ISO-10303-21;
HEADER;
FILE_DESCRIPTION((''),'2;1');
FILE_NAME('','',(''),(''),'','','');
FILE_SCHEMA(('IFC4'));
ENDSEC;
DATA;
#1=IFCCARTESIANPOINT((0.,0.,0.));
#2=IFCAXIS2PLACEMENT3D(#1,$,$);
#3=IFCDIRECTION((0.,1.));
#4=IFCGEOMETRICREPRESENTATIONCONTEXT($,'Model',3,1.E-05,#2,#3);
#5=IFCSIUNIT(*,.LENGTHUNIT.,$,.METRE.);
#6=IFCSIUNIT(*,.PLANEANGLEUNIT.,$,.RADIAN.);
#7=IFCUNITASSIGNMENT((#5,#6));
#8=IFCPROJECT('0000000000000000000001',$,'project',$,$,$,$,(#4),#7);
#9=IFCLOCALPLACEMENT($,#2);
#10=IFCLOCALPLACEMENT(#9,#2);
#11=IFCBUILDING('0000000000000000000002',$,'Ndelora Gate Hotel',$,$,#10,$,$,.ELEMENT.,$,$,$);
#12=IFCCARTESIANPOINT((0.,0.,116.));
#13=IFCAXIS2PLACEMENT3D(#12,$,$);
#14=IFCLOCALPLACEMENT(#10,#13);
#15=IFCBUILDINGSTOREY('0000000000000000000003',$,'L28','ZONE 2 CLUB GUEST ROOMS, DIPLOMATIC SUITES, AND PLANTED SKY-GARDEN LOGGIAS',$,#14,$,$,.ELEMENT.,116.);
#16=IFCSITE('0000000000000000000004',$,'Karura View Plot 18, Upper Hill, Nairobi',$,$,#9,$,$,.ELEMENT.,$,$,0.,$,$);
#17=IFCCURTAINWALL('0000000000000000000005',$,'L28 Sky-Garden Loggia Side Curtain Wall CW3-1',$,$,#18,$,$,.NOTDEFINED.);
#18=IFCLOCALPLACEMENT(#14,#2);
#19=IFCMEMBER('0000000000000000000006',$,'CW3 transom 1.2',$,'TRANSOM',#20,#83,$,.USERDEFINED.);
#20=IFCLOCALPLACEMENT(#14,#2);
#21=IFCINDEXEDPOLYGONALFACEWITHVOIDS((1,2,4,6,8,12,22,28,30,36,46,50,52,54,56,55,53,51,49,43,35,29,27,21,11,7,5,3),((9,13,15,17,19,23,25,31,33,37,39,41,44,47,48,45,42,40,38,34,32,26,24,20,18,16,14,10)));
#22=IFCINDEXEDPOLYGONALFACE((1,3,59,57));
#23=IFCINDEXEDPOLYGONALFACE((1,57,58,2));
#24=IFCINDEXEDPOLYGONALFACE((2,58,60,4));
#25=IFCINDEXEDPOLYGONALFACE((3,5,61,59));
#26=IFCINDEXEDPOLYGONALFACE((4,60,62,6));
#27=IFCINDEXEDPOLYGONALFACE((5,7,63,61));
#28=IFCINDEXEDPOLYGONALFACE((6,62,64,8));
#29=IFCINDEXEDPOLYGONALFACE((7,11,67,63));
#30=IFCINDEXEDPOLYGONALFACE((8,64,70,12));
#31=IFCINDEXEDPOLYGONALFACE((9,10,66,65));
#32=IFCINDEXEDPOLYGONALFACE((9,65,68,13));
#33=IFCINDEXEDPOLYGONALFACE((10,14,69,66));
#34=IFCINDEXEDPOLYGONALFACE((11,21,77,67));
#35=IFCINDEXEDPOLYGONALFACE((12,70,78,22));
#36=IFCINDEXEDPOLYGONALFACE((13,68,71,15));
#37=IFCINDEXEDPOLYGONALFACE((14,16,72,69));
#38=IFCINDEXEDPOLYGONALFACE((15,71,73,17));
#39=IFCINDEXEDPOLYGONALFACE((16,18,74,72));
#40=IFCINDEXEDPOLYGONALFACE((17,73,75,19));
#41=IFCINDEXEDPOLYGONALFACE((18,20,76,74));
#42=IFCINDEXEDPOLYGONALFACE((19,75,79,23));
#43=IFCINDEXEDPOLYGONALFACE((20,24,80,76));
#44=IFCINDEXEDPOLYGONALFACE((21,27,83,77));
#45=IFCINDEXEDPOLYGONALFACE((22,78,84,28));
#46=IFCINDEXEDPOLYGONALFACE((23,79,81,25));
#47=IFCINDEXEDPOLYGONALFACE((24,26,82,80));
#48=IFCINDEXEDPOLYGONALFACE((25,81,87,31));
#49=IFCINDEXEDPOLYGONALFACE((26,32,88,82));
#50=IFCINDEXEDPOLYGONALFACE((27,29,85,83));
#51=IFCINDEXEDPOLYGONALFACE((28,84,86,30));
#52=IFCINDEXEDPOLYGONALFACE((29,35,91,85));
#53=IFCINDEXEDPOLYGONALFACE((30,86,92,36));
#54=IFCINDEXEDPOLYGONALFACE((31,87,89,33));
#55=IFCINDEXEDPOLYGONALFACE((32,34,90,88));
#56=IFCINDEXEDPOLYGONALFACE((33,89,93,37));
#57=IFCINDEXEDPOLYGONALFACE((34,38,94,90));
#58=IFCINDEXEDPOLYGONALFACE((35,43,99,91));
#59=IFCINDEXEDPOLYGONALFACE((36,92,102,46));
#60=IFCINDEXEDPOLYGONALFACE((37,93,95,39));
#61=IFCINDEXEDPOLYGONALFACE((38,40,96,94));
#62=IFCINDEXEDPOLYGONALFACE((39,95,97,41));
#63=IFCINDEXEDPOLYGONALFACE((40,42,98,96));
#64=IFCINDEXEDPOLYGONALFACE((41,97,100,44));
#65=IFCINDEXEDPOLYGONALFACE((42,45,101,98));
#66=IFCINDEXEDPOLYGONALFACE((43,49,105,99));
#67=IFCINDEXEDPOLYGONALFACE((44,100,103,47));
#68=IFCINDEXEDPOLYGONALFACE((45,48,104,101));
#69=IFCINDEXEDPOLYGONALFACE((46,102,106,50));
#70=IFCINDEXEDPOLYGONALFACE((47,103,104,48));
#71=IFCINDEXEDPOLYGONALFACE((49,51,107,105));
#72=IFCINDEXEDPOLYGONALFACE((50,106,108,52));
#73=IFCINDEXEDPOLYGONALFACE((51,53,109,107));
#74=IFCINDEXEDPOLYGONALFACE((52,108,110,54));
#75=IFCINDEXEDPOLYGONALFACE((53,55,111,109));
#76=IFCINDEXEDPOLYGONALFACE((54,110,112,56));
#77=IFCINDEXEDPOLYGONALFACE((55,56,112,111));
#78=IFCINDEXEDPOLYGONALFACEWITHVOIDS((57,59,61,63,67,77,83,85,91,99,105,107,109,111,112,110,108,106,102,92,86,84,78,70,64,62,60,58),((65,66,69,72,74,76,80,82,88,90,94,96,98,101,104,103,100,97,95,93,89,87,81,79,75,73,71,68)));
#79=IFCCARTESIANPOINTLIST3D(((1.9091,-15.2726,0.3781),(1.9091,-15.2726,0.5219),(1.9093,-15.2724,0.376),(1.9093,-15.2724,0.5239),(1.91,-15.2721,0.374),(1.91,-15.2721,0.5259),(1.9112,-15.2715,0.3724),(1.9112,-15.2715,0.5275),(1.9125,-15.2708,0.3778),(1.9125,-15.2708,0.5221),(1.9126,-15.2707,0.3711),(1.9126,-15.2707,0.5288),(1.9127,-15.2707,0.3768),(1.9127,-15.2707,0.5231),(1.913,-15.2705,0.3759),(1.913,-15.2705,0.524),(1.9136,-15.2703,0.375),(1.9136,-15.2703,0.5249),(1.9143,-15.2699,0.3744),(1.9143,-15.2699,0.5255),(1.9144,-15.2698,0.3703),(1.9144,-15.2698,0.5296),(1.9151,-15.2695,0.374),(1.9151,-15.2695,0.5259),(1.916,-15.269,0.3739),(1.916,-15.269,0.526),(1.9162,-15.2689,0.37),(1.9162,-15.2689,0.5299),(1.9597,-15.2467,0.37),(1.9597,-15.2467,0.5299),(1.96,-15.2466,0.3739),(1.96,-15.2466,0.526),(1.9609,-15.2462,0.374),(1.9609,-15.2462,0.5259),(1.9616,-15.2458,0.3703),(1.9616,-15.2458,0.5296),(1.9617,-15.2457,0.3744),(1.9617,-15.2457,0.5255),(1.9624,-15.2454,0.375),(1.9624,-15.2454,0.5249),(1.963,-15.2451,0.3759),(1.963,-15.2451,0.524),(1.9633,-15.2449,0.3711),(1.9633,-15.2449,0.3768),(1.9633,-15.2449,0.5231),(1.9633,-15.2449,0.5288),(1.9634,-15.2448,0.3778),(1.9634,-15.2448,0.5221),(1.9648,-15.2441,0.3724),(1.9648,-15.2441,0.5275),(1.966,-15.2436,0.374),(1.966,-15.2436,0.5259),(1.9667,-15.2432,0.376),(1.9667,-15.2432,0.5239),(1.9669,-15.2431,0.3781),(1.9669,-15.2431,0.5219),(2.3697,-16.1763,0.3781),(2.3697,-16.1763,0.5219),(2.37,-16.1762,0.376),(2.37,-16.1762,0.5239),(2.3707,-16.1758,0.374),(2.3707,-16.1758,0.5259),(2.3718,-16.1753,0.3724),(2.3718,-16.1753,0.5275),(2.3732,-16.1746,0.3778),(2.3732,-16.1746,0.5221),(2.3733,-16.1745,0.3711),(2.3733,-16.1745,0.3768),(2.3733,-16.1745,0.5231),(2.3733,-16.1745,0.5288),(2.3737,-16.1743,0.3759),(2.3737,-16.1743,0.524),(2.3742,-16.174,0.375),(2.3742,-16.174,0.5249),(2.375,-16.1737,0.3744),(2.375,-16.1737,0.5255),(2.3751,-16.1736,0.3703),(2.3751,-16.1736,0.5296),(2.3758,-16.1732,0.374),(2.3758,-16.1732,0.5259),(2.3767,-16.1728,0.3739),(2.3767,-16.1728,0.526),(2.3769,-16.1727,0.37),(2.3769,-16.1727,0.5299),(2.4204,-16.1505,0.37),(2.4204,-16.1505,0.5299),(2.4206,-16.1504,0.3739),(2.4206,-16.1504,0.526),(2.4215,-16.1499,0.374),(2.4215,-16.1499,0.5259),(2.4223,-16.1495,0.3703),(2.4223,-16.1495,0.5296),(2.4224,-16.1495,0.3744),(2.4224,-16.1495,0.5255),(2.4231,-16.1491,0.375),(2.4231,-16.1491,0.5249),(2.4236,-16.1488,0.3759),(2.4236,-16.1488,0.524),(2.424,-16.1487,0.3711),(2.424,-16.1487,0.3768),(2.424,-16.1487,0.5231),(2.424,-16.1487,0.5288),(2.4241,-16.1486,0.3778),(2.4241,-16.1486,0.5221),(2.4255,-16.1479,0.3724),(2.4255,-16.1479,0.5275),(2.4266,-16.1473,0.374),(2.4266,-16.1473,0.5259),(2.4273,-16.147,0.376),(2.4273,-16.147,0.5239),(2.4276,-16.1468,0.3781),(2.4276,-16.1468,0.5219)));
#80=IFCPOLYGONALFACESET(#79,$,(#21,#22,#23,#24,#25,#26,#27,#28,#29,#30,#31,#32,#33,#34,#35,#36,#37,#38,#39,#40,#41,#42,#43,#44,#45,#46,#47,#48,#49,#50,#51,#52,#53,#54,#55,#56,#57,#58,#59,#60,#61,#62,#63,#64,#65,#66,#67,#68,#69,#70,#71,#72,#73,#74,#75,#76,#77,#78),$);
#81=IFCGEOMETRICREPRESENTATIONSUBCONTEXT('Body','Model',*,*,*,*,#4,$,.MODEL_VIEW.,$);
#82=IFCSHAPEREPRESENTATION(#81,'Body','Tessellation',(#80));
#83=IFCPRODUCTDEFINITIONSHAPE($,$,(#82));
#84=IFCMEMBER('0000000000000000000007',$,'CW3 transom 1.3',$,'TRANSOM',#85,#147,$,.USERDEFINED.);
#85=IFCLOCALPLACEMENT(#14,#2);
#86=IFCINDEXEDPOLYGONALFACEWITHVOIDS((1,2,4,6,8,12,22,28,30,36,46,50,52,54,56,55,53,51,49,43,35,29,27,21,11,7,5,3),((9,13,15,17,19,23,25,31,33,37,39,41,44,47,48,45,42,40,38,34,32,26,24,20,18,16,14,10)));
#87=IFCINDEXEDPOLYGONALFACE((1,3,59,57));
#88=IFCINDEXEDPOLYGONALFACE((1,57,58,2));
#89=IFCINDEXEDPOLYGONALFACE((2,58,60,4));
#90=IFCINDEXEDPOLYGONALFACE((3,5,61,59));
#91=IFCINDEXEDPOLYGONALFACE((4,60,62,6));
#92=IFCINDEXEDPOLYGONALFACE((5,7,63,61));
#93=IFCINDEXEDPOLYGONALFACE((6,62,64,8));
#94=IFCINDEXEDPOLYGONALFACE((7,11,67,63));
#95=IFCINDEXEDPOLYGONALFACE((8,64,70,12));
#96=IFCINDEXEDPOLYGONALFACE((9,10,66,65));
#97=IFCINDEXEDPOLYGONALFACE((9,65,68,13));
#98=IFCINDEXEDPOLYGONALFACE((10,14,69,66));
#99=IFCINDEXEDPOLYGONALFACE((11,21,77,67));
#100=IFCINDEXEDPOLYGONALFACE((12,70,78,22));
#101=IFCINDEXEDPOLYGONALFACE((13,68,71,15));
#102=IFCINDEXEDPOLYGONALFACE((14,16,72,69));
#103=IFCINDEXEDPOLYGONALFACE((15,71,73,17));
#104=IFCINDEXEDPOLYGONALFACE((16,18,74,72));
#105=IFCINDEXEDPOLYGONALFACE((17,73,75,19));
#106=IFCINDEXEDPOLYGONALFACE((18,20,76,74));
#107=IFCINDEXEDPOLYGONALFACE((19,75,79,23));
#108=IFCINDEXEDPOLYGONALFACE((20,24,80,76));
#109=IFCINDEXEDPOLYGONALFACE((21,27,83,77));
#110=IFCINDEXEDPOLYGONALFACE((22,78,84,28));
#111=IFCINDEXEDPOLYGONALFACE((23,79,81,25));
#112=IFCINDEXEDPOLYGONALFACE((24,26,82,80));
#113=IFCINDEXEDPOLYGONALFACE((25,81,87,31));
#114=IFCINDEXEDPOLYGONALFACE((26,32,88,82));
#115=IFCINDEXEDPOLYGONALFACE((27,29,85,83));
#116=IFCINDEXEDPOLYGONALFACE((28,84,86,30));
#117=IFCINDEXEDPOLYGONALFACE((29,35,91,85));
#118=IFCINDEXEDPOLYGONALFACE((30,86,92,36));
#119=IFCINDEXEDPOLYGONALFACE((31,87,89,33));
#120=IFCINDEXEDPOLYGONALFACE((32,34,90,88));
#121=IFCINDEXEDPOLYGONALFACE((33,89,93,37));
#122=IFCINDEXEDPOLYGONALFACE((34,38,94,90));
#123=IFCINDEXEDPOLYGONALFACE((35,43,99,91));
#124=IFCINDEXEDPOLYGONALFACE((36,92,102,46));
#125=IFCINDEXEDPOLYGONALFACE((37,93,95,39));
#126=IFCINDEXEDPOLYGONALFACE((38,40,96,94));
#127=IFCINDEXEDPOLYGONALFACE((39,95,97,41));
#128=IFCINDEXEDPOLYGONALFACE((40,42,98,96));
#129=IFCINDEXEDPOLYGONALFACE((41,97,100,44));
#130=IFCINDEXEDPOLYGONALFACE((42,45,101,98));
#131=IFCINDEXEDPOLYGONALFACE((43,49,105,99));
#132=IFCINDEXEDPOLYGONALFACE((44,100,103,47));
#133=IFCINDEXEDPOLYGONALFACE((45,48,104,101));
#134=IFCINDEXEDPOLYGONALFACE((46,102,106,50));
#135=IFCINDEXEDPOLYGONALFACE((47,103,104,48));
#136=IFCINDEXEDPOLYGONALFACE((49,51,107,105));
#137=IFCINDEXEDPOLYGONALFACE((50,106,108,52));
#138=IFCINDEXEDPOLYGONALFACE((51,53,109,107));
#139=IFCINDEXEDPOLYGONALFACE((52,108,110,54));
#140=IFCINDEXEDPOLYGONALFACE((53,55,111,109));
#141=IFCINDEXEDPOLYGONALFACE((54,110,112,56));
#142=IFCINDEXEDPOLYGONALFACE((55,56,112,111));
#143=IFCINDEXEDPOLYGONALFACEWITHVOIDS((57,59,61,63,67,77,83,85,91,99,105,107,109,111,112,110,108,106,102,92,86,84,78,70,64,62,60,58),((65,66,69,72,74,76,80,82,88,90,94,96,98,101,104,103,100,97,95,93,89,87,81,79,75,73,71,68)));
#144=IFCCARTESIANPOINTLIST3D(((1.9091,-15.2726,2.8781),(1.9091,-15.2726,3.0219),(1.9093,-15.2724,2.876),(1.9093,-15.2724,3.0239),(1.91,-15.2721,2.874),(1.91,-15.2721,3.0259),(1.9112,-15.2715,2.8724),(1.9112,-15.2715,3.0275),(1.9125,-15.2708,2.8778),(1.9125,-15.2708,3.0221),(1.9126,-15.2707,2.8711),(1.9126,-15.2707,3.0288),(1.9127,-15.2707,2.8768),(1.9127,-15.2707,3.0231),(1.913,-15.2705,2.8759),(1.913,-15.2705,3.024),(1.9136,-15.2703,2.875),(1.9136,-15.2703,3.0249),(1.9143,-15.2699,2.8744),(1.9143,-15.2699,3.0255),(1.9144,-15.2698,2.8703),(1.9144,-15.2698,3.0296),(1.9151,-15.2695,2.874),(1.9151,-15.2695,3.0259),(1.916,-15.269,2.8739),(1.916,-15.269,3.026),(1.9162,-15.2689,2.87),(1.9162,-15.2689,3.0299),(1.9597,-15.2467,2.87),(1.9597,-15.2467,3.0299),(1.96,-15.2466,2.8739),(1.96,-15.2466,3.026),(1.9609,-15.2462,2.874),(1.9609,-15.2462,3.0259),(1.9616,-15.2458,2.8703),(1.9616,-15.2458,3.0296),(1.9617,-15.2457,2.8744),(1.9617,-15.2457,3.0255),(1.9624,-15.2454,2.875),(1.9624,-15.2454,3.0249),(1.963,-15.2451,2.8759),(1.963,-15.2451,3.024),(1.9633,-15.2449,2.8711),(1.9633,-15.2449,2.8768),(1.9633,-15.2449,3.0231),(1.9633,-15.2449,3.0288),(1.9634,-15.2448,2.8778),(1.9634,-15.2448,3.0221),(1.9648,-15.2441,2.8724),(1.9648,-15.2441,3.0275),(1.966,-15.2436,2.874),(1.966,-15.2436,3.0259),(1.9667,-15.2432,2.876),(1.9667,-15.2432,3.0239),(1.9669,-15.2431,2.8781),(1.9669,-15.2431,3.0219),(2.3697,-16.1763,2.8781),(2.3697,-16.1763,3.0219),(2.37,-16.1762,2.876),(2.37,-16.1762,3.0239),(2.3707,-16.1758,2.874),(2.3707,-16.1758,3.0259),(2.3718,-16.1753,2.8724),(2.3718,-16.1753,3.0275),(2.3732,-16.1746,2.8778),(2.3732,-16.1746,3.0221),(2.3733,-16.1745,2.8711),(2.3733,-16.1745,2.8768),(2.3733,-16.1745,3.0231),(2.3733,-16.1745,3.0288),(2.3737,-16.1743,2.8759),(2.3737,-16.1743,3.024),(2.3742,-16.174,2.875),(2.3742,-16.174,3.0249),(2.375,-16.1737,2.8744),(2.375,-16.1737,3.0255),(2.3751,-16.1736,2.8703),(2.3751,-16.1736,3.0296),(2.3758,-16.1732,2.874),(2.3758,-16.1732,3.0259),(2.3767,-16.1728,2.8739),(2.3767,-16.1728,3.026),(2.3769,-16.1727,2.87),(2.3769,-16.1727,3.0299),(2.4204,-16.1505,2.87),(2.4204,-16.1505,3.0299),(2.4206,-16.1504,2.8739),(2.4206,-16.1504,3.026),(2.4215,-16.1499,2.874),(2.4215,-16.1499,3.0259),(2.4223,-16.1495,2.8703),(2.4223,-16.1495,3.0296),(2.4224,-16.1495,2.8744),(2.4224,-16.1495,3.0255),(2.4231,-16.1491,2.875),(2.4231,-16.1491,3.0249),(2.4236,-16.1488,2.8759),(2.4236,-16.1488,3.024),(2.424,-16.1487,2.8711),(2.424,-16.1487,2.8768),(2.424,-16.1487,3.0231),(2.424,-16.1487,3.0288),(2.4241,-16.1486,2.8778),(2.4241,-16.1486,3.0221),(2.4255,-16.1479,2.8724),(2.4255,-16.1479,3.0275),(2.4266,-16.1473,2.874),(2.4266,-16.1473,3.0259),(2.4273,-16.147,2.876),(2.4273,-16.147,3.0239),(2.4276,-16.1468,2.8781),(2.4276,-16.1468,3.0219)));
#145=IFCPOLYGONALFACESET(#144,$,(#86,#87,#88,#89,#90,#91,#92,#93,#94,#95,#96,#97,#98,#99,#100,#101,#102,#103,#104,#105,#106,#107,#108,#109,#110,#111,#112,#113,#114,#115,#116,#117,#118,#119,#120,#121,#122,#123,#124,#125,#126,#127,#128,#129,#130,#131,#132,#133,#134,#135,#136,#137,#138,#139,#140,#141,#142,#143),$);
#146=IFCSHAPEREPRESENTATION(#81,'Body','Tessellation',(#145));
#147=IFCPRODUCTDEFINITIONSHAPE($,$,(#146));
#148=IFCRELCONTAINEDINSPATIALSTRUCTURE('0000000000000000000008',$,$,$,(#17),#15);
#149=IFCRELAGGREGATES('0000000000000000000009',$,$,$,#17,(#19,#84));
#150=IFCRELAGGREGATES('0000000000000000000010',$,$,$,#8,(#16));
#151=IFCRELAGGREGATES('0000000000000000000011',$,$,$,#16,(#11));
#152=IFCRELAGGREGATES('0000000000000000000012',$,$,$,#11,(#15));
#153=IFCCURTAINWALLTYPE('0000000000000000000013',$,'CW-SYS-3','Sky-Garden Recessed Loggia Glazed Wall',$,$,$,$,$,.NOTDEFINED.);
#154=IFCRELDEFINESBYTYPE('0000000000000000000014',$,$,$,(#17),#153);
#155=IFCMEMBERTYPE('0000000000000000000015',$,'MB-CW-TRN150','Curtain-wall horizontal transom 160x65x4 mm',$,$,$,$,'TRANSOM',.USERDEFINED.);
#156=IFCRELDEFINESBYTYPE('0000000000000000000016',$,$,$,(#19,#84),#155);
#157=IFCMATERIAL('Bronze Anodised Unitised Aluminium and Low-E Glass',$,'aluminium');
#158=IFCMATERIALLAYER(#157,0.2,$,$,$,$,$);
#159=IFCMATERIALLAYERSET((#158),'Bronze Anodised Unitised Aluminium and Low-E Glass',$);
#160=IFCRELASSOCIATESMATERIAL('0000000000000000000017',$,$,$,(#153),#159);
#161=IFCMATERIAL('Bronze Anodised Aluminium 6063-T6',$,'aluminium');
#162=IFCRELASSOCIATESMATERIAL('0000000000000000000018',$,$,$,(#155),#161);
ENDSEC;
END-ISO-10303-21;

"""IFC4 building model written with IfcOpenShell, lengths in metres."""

from ifc_helpers import new_model, si_unit, direction, frame, origin, origin_2d, place, context, subcontext, project, spatial, hollow_rectangle, extrude, material, layer, layer_set, material_profile, profile_set, type_object, element, aggregate, save


model = new_model("IFC4")

# Units and contexts
model_context = context("Model", 3, precision=1e-05, world=origin(), true_north=direction((0.0, 1.0)))
body_context = subcontext(model_context, "Body", "Model", "MODEL_VIEW")
ifc_project = project(units=[si_unit("LENGTHUNIT", "METRE"), si_unit("PLANEANGLEUNIT", "RADIAN")], contexts=[model_context])

# Site, building, storey
site_placement = place(None, origin())
site = spatial("IfcSite", under=ifc_project, at=site_placement, Name="Karura View Plot 18, Upper Hill, Nairobi", CompositionType="ELEMENT", RefElevation=0.0)
building_placement = place(site_placement, origin())
building = spatial("IfcBuilding", under=site, at=building_placement, Name="Ndelora Gate Hotel", CompositionType="ELEMENT")
storey_placement = place(building_placement, frame((0.0, 0.0, 116.0)))
storey = spatial("IfcBuildingStorey", under=building, at=storey_placement, Name="L28", Description="ZONE 2 CLUB GUEST ROOMS, DIPLOMATIC SUITES, AND PLANTED SKY-GARDEN LOGGIAS", CompositionType="ELEMENT", Elevation=116.0)

# Curtain wall, members
ifc_material_1 = material(Name="Bronze Anodised Unitised Aluminium and Low-E Glass", Category="aluminium")
ifc_layer_1 = layer(ifc_material_1, 0.2)
ifc_layer_set_1 = layer_set([ifc_layer_1], Name="Bronze Anodised Unitised Aluminium and Low-E Glass")
curtain_wall_type = type_object("IfcCurtainWallType", Name="CW-SYS-3", Description="Sky-Garden Recessed Loggia Glazed Wall", PredefinedType="NOTDEFINED", material=ifc_layer_set_1)
curtain_wall_placement = place(storey_placement, origin())
curtain_wall = element("IfcCurtainWall", 1, at=curtain_wall_placement, inside=storey, type_object=curtain_wall_type, Name="L28 Sky-Garden Loggia Side Curtain Wall CW3-1", PredefinedType="NOTDEFINED")
ifc_material_2 = material(Name="Bronze Anodised Aluminium 6063-T6", Category="aluminium")
ifc_material_profile_1 = material_profile(ifc_material_2, hollow_rectangle(XDim=0.0649, YDim=0.1599, WallThickness=0.0039, InnerFilletRadius=0.0039, OuterFilletRadius=0.0081, at=origin_2d()), Name="ALU 160x65x4")
ifc_profile_set_1 = profile_set([ifc_material_profile_1], Name="Bronze Anodised Aluminium 6063-T6")
member_type_1 = type_object("IfcMemberType", Name="MB-CW-TRN150", Description="Curtain-wall horizontal transom 160x65x4 mm", ElementType="TRANSOM", PredefinedType="USERDEFINED", material=ifc_profile_set_1)
member_1_placement = place(storey_placement, frame((1.938, -15.2578, 0.45), z_axis=(0.454131, -0.890935, 0.0), x_axis=(0.890935, 0.454131, 0.0)))
member_1 = element("IfcMember", 2, at=member_1_placement, type_object=member_type_1, Name="CW3 transom 1.2", ObjectType="TRANSOM", PredefinedType="USERDEFINED", context=body_context, shape_type="SweptSolid", body=[
    extrude(hollow_rectangle(XDim=0.0649, YDim=0.1599, WallThickness=0.0039, InnerFilletRadius=0.0039, OuterFilletRadius=0.0081, at=origin_2d()), origin(), (0.0, 0.0, 1.0), 1.0144),
])
member_2_placement = place(storey_placement, frame((1.938, -15.2578, 2.95), z_axis=(0.454131, -0.890935, 0.0), x_axis=(0.890935, 0.454131, 0.0)))
member_2 = element("IfcMember", 3, at=member_2_placement, type_object=member_type_1, Name="CW3 transom 1.3", ObjectType="TRANSOM", PredefinedType="USERDEFINED", context=body_context, shape_type="SweptSolid", body=[
    extrude(hollow_rectangle(XDim=0.0649, YDim=0.1599, WallThickness=0.0039, InnerFilletRadius=0.0039, OuterFilletRadius=0.0081, at=origin_2d()), origin(), (0.0, 0.0, 1.0), 1.0144),
])
aggregate(curtain_wall, [member_1, member_2])

save(model, "model.ifc")
